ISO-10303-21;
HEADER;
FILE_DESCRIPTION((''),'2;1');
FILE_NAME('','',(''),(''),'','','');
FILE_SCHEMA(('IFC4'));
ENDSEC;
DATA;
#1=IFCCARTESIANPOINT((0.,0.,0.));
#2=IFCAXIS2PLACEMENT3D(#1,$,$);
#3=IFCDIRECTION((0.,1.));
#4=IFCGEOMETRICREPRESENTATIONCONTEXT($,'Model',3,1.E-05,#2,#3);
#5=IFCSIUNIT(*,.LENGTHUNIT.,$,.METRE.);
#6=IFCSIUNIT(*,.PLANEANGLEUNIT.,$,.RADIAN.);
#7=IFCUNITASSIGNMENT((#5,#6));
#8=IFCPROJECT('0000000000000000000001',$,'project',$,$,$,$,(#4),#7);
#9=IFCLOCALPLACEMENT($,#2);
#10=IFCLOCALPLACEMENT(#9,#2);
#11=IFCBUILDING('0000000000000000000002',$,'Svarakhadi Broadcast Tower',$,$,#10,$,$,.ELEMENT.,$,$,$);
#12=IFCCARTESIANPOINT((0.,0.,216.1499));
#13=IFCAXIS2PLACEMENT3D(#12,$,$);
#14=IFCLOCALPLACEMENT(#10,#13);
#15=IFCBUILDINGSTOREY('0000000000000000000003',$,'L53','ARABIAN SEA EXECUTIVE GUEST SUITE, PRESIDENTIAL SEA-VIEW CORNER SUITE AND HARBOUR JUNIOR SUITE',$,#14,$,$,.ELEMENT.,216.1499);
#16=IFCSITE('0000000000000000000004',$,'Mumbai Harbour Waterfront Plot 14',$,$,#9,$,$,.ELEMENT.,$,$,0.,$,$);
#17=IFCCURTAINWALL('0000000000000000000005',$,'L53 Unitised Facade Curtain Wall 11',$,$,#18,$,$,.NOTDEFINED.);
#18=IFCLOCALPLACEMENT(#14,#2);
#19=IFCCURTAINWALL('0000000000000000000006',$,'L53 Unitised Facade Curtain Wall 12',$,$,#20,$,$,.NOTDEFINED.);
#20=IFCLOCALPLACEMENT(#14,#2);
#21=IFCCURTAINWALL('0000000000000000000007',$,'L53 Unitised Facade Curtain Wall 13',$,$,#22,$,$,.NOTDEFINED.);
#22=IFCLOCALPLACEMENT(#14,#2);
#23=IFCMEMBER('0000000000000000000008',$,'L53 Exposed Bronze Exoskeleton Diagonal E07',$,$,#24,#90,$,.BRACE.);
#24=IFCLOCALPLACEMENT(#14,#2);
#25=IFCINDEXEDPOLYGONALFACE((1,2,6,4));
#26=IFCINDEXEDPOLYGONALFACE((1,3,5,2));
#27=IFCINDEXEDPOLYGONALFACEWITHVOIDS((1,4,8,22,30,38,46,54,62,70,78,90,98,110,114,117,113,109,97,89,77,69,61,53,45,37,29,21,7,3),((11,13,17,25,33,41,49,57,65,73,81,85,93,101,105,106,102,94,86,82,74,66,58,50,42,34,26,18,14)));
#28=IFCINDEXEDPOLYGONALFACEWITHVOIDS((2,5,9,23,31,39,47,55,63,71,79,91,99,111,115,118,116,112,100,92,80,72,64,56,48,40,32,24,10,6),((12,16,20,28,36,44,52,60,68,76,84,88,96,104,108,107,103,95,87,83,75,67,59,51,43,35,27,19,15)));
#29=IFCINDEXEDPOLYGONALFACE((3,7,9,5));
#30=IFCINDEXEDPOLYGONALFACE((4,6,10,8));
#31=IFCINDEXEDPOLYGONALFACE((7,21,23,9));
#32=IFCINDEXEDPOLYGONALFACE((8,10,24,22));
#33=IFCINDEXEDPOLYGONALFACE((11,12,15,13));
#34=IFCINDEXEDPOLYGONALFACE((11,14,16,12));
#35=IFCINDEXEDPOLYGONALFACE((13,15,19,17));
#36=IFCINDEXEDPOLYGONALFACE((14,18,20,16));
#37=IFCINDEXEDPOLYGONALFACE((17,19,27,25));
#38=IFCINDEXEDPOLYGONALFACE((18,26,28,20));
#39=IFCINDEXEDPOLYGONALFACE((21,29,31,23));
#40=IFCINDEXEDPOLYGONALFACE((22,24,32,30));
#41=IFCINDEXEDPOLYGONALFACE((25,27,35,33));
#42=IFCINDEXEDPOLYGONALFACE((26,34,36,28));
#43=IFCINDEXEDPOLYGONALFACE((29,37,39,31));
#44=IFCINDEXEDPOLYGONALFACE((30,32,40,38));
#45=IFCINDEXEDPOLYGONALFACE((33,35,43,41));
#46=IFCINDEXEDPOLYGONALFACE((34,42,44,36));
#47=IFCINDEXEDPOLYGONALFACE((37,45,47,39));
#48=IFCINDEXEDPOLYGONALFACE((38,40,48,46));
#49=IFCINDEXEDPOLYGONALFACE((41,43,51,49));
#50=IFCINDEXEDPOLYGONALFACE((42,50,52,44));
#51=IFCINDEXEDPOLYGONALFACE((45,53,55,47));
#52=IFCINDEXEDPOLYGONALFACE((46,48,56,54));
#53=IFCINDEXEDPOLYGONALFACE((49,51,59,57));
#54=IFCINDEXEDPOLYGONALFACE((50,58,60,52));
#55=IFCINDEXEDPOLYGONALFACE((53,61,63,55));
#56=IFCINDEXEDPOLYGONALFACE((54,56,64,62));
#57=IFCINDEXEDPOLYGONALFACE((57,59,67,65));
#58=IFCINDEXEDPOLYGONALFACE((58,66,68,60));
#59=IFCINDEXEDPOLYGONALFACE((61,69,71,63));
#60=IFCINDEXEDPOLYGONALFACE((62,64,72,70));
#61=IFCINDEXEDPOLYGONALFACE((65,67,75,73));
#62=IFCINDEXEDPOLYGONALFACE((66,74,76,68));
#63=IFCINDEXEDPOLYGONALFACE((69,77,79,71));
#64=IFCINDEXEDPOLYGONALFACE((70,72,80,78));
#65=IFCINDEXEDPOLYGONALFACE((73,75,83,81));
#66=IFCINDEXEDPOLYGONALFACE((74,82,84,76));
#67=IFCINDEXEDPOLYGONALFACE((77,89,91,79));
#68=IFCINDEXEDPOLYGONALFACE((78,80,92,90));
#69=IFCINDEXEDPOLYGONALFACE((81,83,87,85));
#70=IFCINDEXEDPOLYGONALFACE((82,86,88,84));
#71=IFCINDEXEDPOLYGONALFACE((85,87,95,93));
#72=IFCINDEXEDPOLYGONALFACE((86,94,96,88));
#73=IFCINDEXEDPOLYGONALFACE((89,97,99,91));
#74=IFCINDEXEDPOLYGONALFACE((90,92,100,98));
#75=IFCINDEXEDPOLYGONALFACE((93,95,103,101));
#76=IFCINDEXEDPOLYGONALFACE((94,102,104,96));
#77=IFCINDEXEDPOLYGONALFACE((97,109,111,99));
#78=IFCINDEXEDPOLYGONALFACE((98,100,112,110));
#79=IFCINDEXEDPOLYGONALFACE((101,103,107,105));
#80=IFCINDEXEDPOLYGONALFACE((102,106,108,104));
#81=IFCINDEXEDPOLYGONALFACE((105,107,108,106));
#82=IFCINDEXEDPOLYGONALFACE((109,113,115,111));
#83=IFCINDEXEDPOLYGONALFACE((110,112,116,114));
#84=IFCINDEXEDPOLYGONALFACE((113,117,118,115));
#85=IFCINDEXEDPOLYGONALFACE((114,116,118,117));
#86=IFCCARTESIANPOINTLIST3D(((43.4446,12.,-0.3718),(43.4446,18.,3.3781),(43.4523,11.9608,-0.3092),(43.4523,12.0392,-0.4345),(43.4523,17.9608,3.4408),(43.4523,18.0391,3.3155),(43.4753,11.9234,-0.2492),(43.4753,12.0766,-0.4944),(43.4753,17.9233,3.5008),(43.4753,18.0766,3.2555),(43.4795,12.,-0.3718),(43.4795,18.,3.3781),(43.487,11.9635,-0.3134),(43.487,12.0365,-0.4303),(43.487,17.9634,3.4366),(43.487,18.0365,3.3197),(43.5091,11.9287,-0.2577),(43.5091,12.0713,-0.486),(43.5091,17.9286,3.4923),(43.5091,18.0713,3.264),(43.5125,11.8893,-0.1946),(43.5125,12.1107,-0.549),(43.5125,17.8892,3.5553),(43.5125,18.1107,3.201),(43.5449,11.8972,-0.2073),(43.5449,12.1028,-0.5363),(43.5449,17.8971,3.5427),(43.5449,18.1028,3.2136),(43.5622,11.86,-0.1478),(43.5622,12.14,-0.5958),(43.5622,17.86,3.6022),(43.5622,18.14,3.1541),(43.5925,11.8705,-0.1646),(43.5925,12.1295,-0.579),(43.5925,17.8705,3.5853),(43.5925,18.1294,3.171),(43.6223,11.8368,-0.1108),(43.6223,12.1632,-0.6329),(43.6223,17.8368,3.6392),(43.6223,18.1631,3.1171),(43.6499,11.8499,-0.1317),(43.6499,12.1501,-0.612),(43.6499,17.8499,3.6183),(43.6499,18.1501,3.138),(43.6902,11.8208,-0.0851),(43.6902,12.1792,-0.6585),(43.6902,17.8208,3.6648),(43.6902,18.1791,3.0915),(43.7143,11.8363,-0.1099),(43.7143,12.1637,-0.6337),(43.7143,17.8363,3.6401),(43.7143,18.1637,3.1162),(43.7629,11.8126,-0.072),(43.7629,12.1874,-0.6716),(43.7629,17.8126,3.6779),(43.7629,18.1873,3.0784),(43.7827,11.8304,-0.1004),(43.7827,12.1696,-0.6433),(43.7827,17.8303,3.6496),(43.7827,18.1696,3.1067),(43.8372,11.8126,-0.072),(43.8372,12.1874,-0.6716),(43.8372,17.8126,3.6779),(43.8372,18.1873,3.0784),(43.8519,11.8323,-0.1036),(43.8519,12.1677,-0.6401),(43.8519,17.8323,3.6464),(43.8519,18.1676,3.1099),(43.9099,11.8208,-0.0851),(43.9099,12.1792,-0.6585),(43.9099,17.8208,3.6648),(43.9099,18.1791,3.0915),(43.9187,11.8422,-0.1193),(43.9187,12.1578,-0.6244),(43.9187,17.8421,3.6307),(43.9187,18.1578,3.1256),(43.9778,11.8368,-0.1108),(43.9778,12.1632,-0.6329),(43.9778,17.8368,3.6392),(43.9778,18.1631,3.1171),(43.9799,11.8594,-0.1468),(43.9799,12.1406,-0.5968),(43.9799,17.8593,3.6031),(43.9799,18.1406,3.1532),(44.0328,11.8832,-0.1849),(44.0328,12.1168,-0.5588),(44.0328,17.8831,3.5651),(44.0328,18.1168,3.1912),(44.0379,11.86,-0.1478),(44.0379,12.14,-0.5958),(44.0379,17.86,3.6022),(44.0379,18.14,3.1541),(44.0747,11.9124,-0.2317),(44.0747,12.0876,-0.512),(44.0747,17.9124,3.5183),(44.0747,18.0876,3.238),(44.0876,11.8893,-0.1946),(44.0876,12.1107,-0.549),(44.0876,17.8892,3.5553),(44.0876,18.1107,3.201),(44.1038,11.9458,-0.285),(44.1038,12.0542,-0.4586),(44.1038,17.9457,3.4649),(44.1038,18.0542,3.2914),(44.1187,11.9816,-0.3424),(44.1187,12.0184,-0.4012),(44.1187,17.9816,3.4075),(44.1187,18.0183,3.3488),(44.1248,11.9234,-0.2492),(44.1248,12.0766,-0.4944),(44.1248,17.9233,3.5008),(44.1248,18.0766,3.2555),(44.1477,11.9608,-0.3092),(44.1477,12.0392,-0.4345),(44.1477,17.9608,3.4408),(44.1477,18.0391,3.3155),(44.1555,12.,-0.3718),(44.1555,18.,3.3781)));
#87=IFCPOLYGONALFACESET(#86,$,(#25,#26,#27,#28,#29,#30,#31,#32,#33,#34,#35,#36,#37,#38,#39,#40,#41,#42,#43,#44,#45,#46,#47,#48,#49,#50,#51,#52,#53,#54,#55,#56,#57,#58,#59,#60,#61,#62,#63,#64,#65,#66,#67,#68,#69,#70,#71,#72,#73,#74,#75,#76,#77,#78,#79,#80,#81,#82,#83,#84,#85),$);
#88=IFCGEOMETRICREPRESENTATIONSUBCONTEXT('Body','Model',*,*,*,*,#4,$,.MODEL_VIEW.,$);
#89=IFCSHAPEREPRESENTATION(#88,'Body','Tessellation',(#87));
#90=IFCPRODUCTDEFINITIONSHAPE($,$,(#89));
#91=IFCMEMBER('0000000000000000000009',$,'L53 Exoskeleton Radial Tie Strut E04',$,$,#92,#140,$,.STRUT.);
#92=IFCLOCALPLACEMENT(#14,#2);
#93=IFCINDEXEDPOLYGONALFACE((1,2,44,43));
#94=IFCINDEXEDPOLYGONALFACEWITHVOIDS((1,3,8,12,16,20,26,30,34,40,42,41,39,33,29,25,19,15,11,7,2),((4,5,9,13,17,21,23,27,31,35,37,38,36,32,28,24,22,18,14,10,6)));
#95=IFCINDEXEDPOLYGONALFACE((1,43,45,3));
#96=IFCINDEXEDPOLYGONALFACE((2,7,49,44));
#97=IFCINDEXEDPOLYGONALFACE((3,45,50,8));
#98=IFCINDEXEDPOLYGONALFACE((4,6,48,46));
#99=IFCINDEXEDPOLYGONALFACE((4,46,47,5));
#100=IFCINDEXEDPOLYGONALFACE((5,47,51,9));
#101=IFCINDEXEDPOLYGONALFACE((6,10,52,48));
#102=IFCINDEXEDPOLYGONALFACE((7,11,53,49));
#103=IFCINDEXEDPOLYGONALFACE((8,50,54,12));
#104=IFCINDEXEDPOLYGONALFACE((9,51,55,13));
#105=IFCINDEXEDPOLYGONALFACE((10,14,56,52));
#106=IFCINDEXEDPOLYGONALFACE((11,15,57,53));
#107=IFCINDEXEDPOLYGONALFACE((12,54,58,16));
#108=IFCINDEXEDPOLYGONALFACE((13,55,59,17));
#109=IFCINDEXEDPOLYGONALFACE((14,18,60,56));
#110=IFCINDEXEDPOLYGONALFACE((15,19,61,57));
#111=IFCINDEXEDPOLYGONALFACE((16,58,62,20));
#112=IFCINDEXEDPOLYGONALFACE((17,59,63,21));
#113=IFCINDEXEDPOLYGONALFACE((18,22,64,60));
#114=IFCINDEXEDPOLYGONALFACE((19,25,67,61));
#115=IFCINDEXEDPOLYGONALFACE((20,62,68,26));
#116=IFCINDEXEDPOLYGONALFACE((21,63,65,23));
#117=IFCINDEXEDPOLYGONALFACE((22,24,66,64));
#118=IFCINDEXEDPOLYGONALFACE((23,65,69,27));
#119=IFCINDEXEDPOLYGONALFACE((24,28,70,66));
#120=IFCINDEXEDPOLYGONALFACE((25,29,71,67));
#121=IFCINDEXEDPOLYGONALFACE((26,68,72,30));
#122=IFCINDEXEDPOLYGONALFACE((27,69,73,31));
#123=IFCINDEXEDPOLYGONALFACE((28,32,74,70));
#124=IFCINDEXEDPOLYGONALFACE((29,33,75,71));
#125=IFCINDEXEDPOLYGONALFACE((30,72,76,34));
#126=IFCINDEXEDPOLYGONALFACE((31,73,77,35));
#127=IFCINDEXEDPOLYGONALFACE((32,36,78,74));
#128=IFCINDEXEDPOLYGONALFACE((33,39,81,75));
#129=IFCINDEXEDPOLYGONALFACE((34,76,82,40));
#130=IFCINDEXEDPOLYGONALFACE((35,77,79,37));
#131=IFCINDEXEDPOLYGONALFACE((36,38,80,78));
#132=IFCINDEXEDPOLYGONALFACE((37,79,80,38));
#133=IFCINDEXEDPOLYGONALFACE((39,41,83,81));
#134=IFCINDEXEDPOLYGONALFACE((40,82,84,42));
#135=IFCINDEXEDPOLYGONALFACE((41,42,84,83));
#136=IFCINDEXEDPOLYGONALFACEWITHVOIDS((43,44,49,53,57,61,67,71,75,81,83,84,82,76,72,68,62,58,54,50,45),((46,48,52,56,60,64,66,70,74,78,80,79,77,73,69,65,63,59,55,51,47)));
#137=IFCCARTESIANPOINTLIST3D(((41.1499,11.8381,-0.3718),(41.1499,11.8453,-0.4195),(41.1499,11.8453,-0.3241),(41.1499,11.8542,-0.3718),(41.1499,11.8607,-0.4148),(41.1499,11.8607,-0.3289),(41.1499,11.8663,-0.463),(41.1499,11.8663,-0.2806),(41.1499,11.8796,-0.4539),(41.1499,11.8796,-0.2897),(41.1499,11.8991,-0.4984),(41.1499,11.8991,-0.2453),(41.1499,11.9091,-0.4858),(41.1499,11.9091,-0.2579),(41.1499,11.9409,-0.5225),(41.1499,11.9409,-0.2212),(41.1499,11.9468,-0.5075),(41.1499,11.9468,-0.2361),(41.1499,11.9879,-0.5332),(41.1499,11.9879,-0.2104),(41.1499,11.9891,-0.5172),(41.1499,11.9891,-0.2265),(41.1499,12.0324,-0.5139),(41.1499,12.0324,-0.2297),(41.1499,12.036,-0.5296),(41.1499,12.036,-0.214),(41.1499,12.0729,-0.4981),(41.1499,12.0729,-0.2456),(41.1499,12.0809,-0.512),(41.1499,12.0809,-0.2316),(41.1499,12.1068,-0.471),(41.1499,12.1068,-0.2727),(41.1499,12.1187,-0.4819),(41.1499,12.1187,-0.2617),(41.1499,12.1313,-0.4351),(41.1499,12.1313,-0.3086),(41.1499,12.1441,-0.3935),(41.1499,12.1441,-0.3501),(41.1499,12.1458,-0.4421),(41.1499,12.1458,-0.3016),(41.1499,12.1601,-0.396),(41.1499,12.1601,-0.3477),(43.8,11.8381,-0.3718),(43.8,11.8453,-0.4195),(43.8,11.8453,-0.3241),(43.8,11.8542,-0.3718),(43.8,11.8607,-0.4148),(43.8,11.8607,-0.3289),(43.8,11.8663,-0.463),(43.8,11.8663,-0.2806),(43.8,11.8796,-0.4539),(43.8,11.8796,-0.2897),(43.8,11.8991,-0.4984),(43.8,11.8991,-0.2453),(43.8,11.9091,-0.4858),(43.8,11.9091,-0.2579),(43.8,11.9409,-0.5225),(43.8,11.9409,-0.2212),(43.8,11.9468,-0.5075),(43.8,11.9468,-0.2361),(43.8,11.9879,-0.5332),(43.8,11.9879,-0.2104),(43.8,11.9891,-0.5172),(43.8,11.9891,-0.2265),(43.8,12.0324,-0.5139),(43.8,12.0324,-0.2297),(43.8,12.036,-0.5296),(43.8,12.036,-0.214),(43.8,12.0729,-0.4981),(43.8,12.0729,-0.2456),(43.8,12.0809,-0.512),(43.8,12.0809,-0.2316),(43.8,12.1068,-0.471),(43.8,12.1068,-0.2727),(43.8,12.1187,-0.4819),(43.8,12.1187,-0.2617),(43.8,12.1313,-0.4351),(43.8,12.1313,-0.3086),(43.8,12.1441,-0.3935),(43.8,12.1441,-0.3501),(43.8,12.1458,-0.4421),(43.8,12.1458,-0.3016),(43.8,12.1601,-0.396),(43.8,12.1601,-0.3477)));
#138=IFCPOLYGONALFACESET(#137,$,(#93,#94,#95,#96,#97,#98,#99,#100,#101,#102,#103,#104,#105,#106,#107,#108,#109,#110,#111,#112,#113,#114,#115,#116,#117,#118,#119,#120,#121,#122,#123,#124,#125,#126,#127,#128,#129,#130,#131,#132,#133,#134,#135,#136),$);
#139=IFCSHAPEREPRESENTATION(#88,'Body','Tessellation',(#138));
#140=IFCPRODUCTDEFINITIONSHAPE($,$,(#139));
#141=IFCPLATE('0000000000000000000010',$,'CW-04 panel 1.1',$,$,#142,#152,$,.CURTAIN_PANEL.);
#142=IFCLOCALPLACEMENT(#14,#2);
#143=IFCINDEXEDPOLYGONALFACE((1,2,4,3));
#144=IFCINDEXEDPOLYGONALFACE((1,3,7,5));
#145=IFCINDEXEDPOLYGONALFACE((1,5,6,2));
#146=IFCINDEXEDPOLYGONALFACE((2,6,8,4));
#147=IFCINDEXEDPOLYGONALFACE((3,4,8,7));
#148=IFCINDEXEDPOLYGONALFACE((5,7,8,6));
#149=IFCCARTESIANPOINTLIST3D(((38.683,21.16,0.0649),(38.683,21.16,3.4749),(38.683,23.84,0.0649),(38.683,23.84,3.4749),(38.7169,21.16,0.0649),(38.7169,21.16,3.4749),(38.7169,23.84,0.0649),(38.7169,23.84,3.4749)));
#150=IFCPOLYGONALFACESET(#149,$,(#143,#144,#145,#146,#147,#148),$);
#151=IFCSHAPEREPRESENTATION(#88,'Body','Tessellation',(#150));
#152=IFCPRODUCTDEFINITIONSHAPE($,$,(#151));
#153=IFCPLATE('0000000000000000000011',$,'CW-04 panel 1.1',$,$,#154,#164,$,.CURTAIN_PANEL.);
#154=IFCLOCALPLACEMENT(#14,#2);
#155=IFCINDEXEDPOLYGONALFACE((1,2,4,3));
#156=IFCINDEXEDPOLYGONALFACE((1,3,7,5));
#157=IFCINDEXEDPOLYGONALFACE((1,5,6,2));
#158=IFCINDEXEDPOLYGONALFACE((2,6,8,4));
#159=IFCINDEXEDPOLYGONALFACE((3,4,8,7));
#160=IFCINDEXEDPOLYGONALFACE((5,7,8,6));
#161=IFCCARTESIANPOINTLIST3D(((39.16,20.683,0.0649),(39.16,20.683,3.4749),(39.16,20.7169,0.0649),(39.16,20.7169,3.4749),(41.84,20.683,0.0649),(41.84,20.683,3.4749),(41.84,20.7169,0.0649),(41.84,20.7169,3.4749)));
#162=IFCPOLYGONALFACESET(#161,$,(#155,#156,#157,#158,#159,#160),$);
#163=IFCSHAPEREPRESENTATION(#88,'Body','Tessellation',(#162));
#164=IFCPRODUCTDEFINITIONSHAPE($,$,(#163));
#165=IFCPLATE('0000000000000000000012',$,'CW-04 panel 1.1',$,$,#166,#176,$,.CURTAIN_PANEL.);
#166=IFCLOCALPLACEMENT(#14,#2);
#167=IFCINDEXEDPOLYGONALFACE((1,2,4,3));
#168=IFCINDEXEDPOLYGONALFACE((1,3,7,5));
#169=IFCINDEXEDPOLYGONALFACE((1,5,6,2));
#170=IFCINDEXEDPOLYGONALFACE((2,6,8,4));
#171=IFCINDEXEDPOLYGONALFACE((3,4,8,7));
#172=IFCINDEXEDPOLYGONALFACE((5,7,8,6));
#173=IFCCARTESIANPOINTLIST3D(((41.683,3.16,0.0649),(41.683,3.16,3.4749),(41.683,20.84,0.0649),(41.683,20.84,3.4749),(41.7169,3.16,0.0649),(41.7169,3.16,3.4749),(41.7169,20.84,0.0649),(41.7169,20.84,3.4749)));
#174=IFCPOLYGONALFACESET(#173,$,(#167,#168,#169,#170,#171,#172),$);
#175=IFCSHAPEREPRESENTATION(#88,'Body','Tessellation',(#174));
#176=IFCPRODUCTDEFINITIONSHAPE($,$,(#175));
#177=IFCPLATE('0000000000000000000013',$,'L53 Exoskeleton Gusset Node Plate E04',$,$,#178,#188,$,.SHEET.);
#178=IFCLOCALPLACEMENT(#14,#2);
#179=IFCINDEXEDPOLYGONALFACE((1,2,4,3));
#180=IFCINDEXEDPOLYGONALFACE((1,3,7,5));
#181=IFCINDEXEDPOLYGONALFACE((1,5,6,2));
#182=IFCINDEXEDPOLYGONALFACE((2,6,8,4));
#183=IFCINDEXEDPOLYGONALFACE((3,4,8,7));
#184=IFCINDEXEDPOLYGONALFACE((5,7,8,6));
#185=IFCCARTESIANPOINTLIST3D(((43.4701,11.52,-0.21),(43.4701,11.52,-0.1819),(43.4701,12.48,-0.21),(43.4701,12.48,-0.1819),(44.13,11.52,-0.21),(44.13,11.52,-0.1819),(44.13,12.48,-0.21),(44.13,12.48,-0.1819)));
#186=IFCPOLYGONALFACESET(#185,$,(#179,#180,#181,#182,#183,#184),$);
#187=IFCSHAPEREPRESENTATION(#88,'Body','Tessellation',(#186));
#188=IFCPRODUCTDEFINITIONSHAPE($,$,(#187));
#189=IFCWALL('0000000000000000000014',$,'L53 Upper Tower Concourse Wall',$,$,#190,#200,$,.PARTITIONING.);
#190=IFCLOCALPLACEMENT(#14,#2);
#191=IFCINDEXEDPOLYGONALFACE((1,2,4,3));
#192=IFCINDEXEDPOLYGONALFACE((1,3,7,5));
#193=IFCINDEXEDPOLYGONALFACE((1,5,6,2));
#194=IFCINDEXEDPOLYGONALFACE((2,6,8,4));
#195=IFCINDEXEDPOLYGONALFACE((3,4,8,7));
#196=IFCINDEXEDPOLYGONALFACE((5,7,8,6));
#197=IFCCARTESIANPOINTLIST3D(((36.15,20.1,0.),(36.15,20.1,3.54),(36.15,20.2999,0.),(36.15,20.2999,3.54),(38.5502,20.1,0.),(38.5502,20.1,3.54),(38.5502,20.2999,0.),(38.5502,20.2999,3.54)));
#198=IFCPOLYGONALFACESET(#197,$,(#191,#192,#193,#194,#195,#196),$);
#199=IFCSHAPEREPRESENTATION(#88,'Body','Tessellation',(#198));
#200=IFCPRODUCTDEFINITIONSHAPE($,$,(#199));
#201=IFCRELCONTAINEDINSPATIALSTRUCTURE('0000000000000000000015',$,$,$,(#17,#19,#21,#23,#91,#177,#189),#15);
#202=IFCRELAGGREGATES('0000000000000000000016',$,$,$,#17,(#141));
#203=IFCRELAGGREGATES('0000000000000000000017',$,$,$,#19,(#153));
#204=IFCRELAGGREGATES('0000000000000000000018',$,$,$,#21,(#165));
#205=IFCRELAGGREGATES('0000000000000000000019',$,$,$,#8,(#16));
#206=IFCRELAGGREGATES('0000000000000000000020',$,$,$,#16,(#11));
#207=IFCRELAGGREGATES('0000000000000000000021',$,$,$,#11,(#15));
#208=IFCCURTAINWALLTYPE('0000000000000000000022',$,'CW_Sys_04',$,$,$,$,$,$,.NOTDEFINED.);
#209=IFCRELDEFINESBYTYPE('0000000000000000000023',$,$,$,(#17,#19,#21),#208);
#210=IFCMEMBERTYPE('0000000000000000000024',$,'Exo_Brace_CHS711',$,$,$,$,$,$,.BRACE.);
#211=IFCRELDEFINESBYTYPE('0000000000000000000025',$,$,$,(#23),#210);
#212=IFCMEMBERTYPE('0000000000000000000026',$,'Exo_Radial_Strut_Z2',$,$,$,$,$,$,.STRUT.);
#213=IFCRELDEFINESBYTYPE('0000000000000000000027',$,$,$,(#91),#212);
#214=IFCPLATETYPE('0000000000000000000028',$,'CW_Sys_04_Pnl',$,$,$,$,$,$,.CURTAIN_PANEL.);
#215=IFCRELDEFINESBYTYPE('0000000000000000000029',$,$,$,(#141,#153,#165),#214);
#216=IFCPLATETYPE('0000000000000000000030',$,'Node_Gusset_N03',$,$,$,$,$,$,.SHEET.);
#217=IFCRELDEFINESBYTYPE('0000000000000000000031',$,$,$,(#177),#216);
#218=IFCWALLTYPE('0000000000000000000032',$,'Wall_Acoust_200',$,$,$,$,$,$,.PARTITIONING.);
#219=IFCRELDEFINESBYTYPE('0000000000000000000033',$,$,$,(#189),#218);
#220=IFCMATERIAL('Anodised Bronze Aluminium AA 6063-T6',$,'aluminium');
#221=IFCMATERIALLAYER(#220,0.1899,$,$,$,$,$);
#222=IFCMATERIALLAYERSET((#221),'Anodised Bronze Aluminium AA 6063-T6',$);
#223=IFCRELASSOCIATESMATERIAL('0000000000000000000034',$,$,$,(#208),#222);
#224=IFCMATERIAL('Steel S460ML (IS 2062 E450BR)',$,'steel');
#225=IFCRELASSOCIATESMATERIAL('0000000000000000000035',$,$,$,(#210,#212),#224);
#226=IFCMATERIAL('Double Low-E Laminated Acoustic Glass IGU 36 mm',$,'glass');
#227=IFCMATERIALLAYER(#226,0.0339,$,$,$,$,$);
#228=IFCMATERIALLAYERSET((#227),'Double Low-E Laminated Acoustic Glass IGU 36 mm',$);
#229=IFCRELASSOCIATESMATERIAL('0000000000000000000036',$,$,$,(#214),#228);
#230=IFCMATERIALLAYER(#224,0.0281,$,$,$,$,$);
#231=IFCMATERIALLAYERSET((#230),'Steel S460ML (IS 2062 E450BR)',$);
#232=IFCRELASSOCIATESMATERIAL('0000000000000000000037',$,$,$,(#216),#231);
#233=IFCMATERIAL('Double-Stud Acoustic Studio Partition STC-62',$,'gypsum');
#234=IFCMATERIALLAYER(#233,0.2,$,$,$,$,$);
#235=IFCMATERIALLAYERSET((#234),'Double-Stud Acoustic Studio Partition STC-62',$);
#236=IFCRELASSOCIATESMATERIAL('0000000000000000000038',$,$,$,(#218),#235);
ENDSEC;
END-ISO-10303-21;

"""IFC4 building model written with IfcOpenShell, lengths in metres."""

from ifc_helpers import new_model, si_unit, direction, frame, frame_2d, origin, origin_2d, place, context, subcontext, project, spatial, rectangle, hollow_circle, extrude, material, layer, layer_set, material_profile, profile_set, type_object, element, aggregate, save


model = new_model("IFC4")

# Units and contexts
model_context = context("Model", 3, precision=1e-05, world=origin(), true_north=direction((0.0, 1.0)))
body_context = subcontext(model_context, "Body", "Model", "MODEL_VIEW")
ifc_project = project(units=[si_unit("LENGTHUNIT", "METRE"), si_unit("PLANEANGLEUNIT", "RADIAN")], contexts=[model_context])

# Site, building, storey
site_placement = place(None, origin())
site = spatial("IfcSite", under=ifc_project, at=site_placement, Name="Mumbai Harbour Waterfront Plot 14", CompositionType="ELEMENT", RefElevation=0.0)
building_placement = place(site_placement, origin())
building = spatial("IfcBuilding", under=site, at=building_placement, Name="Svarakhadi Broadcast Tower", CompositionType="ELEMENT")
storey_placement = place(building_placement, frame((0.0, 0.0, 216.1499)))
storey = spatial("IfcBuildingStorey", under=building, at=storey_placement, Name="L53", Description="ARABIAN SEA EXECUTIVE GUEST SUITE, PRESIDENTIAL SEA-VIEW CORNER SUITE AND HARBOUR JUNIOR SUITE", CompositionType="ELEMENT", Elevation=216.1499)

# Shared definitions
ifc_material_1 = material(Name="Steel S460ML (IS 2062 E450BR)", Category="steel")

# Shared definitions
ifc_material_2 = material(Name="Anodised Bronze Aluminium AA 6063-T6", Category="aluminium")
ifc_layer_1 = layer(ifc_material_2, 0.1899)
ifc_layer_set_1 = layer_set([ifc_layer_1], Name="Anodised Bronze Aluminium AA 6063-T6")
curtain_wall_type = type_object("IfcCurtainWallType", Name="CW_Sys_04", PredefinedType="NOTDEFINED", material=ifc_layer_set_1)

# Curtain walls
curtain_wall_1_placement = place(storey_placement, origin())
curtain_wall_1 = element("IfcCurtainWall", 1, at=curtain_wall_1_placement, inside=storey, type_object=curtain_wall_type, Name="L53 Unitised Facade Curtain Wall 11", PredefinedType="NOTDEFINED")
curtain_wall_2_placement = place(storey_placement, origin())
curtain_wall_2 = element("IfcCurtainWall", 2, at=curtain_wall_2_placement, inside=storey, type_object=curtain_wall_type, Name="L53 Unitised Facade Curtain Wall 12", PredefinedType="NOTDEFINED")

# Curtain wall
curtain_wall_3_placement = place(storey_placement, origin())
curtain_wall_3 = element("IfcCurtainWall", 3, at=curtain_wall_3_placement, inside=storey, type_object=curtain_wall_type, Name="L53 Unitised Facade Curtain Wall 13", PredefinedType="NOTDEFINED")

# Members
ifc_material_profile_1 = material_profile(ifc_material_1, hollow_circle(Radius=0.3555, WallThickness=0.0349, at=origin_2d()), Name="CHS 711x35")
ifc_profile_set_1 = profile_set([ifc_material_profile_1], Name="Steel S460ML (IS 2062 E450BR)")
member_type_1 = type_object("IfcMemberType", Name="Exo_Brace_CHS711", PredefinedType="BRACE", material=ifc_profile_set_1)
for number, where, z_axis, x_axis, name in (
    (4, (43.8, 12.0, -0.3718), (0.0, 0.847998, 0.529999), (-1.0, 0.0, 0.0), "L53 Exposed Bronze Exoskeleton Diagonal E07"),
):
    element("IfcMember", number, at=place(storey_placement, frame(where, z_axis=z_axis, x_axis=x_axis)), inside=storey, type_object=member_type_1, Name=name, PredefinedType="BRACE", context=body_context, shape_type="SweptSolid", body=[
        extrude(hollow_circle(Radius=0.3555, WallThickness=0.0349, at=origin_2d()), origin(), (0.0, 0.0, 1.0), 7.0754),
    ])
ifc_material_profile_2 = material_profile(ifc_material_1, hollow_circle(Radius=0.1619, WallThickness=0.0161, at=origin_2d()), Name="CHS 323.9x16")
ifc_profile_set_2 = profile_set([ifc_material_profile_2], Name="Steel S460ML (IS 2062 E450BR)")
member_type_2 = type_object("IfcMemberType", Name="Exo_Radial_Strut_Z2", PredefinedType="STRUT", material=ifc_profile_set_2)
member_1_placement = place(storey_placement, frame((43.8, 12.0, -0.3718), z_axis=(-1.0, 0.0, 0.0), x_axis=(0.0, -1.0, 0.0)))
element("IfcMember", 5, at=member_1_placement, inside=storey, type_object=member_type_2, Name="L53 Exoskeleton Radial Tie Strut E04", PredefinedType="STRUT", context=body_context, shape_type="SweptSolid", body=[
    extrude(hollow_circle(Radius=0.1619, WallThickness=0.0161, at=origin_2d()), origin(), (0.0, 0.0, 1.0), 2.6501),
])

# Plates
ifc_material_3 = material(Name="Double Low-E Laminated Acoustic Glass IGU 36 mm", Category="glass")
ifc_layer_2 = layer(ifc_material_3, 0.0339)
ifc_layer_set_2 = layer_set([ifc_layer_2], Name="Double Low-E Laminated Acoustic Glass IGU 36 mm")
plate_type_1 = type_object("IfcPlateType", Name="CW_Sys_04_Pnl", PredefinedType="CURTAIN_PANEL", material=ifc_layer_set_2)
plate_1_placement = place(storey_placement, frame((38.7, 22.5, 0.0649), z_axis=(0.0, 0.0, 1.0), x_axis=(0.0, -1.0, 0.0)))
plate_1 = element("IfcPlate", 6, at=plate_1_placement, type_object=plate_type_1, Name="CW-04 panel 1.1", PredefinedType="CURTAIN_PANEL", context=body_context, shape_type="SweptSolid", body=[
    extrude(rectangle(XDim=2.6799, YDim=0.0339, at=origin_2d()), origin(), (0.0, 0.0, 1.0), 3.4099),
])
aggregate(curtain_wall_1, [plate_1])
plate_2_placement = place(storey_placement, frame((40.5, 20.7, 0.0649), z_axis=(0.0, 0.0, 1.0), x_axis=(1.0, 0.0, 0.0)))
plate_2 = element("IfcPlate", 7, at=plate_2_placement, type_object=plate_type_1, Name="CW-04 panel 1.1", PredefinedType="CURTAIN_PANEL", context=body_context, shape_type="SweptSolid", body=[
    extrude(rectangle(XDim=2.6799, YDim=0.0339, at=origin_2d()), origin(), (0.0, 0.0, 1.0), 3.4099),
])
aggregate(curtain_wall_2, [plate_2])
plate_3_placement = place(storey_placement, frame((41.7, 12.0, 0.0649), z_axis=(0.0, 0.0, 1.0), x_axis=(0.0, -1.0, 0.0)))
plate_3 = element("IfcPlate", 8, at=plate_3_placement, type_object=plate_type_1, Name="CW-04 panel 1.1", PredefinedType="CURTAIN_PANEL", context=body_context, shape_type="SweptSolid", body=[
    extrude(rectangle(XDim=17.6799, YDim=0.0339, at=origin_2d()), origin(), (0.0, 0.0, 1.0), 3.4099),
])
aggregate(curtain_wall_3, [plate_3])
ifc_layer_3 = layer(ifc_material_1, 0.0281)
ifc_layer_set_3 = layer_set([ifc_layer_3], Name="Steel S460ML (IS 2062 E450BR)")
plate_type_2 = type_object("IfcPlateType", Name="Node_Gusset_N03", PredefinedType="SHEET", material=ifc_layer_set_3)
plate_4_placement = place(storey_placement, frame((43.8, 12.0, -0.21), z_axis=(0.0, 0.0, 1.0), x_axis=(0.0, 1.0, 0.0)))
element("IfcPlate", 9, at=plate_4_placement, inside=storey, type_object=plate_type_2, Name="L53 Exoskeleton Gusset Node Plate E04", PredefinedType="SHEET", context=body_context, shape_type="SweptSolid", body=[
    extrude(rectangle(XDim=0.96, YDim=0.6599, at=origin_2d()), origin(), (0.0, 0.0, 1.0), 0.0281),
])

# Wall
ifc_material_4 = material(Name="Double-Stud Acoustic Studio Partition STC-62", Category="gypsum")
ifc_layer_4 = layer(ifc_material_4, 0.2)
ifc_layer_set_4 = layer_set([ifc_layer_4], Name="Double-Stud Acoustic Studio Partition STC-62")
wall_type = type_object("IfcWallType", Name="Wall_Acoust_200", PredefinedType="PARTITIONING", material=ifc_layer_set_4)
wall_1_placement = place(storey_placement, frame((36.1499, 20.2, 0.0), z_axis=(0.0, 0.0, 1.0), x_axis=(1.0, 0.0, 0.0)))
element("IfcWall", 10, at=wall_1_placement, inside=storey, type_object=wall_type, Name="L53 Upper Tower Concourse Wall", PredefinedType="PARTITIONING", context=body_context, shape_type="SweptSolid", body=[
    extrude(rectangle(XDim=2.4001, YDim=0.2, at=frame_2d((1.2002, 0.0))), origin(), (0.0, 0.0, 1.0), 3.54),
])

save(model, "model.ifc")
